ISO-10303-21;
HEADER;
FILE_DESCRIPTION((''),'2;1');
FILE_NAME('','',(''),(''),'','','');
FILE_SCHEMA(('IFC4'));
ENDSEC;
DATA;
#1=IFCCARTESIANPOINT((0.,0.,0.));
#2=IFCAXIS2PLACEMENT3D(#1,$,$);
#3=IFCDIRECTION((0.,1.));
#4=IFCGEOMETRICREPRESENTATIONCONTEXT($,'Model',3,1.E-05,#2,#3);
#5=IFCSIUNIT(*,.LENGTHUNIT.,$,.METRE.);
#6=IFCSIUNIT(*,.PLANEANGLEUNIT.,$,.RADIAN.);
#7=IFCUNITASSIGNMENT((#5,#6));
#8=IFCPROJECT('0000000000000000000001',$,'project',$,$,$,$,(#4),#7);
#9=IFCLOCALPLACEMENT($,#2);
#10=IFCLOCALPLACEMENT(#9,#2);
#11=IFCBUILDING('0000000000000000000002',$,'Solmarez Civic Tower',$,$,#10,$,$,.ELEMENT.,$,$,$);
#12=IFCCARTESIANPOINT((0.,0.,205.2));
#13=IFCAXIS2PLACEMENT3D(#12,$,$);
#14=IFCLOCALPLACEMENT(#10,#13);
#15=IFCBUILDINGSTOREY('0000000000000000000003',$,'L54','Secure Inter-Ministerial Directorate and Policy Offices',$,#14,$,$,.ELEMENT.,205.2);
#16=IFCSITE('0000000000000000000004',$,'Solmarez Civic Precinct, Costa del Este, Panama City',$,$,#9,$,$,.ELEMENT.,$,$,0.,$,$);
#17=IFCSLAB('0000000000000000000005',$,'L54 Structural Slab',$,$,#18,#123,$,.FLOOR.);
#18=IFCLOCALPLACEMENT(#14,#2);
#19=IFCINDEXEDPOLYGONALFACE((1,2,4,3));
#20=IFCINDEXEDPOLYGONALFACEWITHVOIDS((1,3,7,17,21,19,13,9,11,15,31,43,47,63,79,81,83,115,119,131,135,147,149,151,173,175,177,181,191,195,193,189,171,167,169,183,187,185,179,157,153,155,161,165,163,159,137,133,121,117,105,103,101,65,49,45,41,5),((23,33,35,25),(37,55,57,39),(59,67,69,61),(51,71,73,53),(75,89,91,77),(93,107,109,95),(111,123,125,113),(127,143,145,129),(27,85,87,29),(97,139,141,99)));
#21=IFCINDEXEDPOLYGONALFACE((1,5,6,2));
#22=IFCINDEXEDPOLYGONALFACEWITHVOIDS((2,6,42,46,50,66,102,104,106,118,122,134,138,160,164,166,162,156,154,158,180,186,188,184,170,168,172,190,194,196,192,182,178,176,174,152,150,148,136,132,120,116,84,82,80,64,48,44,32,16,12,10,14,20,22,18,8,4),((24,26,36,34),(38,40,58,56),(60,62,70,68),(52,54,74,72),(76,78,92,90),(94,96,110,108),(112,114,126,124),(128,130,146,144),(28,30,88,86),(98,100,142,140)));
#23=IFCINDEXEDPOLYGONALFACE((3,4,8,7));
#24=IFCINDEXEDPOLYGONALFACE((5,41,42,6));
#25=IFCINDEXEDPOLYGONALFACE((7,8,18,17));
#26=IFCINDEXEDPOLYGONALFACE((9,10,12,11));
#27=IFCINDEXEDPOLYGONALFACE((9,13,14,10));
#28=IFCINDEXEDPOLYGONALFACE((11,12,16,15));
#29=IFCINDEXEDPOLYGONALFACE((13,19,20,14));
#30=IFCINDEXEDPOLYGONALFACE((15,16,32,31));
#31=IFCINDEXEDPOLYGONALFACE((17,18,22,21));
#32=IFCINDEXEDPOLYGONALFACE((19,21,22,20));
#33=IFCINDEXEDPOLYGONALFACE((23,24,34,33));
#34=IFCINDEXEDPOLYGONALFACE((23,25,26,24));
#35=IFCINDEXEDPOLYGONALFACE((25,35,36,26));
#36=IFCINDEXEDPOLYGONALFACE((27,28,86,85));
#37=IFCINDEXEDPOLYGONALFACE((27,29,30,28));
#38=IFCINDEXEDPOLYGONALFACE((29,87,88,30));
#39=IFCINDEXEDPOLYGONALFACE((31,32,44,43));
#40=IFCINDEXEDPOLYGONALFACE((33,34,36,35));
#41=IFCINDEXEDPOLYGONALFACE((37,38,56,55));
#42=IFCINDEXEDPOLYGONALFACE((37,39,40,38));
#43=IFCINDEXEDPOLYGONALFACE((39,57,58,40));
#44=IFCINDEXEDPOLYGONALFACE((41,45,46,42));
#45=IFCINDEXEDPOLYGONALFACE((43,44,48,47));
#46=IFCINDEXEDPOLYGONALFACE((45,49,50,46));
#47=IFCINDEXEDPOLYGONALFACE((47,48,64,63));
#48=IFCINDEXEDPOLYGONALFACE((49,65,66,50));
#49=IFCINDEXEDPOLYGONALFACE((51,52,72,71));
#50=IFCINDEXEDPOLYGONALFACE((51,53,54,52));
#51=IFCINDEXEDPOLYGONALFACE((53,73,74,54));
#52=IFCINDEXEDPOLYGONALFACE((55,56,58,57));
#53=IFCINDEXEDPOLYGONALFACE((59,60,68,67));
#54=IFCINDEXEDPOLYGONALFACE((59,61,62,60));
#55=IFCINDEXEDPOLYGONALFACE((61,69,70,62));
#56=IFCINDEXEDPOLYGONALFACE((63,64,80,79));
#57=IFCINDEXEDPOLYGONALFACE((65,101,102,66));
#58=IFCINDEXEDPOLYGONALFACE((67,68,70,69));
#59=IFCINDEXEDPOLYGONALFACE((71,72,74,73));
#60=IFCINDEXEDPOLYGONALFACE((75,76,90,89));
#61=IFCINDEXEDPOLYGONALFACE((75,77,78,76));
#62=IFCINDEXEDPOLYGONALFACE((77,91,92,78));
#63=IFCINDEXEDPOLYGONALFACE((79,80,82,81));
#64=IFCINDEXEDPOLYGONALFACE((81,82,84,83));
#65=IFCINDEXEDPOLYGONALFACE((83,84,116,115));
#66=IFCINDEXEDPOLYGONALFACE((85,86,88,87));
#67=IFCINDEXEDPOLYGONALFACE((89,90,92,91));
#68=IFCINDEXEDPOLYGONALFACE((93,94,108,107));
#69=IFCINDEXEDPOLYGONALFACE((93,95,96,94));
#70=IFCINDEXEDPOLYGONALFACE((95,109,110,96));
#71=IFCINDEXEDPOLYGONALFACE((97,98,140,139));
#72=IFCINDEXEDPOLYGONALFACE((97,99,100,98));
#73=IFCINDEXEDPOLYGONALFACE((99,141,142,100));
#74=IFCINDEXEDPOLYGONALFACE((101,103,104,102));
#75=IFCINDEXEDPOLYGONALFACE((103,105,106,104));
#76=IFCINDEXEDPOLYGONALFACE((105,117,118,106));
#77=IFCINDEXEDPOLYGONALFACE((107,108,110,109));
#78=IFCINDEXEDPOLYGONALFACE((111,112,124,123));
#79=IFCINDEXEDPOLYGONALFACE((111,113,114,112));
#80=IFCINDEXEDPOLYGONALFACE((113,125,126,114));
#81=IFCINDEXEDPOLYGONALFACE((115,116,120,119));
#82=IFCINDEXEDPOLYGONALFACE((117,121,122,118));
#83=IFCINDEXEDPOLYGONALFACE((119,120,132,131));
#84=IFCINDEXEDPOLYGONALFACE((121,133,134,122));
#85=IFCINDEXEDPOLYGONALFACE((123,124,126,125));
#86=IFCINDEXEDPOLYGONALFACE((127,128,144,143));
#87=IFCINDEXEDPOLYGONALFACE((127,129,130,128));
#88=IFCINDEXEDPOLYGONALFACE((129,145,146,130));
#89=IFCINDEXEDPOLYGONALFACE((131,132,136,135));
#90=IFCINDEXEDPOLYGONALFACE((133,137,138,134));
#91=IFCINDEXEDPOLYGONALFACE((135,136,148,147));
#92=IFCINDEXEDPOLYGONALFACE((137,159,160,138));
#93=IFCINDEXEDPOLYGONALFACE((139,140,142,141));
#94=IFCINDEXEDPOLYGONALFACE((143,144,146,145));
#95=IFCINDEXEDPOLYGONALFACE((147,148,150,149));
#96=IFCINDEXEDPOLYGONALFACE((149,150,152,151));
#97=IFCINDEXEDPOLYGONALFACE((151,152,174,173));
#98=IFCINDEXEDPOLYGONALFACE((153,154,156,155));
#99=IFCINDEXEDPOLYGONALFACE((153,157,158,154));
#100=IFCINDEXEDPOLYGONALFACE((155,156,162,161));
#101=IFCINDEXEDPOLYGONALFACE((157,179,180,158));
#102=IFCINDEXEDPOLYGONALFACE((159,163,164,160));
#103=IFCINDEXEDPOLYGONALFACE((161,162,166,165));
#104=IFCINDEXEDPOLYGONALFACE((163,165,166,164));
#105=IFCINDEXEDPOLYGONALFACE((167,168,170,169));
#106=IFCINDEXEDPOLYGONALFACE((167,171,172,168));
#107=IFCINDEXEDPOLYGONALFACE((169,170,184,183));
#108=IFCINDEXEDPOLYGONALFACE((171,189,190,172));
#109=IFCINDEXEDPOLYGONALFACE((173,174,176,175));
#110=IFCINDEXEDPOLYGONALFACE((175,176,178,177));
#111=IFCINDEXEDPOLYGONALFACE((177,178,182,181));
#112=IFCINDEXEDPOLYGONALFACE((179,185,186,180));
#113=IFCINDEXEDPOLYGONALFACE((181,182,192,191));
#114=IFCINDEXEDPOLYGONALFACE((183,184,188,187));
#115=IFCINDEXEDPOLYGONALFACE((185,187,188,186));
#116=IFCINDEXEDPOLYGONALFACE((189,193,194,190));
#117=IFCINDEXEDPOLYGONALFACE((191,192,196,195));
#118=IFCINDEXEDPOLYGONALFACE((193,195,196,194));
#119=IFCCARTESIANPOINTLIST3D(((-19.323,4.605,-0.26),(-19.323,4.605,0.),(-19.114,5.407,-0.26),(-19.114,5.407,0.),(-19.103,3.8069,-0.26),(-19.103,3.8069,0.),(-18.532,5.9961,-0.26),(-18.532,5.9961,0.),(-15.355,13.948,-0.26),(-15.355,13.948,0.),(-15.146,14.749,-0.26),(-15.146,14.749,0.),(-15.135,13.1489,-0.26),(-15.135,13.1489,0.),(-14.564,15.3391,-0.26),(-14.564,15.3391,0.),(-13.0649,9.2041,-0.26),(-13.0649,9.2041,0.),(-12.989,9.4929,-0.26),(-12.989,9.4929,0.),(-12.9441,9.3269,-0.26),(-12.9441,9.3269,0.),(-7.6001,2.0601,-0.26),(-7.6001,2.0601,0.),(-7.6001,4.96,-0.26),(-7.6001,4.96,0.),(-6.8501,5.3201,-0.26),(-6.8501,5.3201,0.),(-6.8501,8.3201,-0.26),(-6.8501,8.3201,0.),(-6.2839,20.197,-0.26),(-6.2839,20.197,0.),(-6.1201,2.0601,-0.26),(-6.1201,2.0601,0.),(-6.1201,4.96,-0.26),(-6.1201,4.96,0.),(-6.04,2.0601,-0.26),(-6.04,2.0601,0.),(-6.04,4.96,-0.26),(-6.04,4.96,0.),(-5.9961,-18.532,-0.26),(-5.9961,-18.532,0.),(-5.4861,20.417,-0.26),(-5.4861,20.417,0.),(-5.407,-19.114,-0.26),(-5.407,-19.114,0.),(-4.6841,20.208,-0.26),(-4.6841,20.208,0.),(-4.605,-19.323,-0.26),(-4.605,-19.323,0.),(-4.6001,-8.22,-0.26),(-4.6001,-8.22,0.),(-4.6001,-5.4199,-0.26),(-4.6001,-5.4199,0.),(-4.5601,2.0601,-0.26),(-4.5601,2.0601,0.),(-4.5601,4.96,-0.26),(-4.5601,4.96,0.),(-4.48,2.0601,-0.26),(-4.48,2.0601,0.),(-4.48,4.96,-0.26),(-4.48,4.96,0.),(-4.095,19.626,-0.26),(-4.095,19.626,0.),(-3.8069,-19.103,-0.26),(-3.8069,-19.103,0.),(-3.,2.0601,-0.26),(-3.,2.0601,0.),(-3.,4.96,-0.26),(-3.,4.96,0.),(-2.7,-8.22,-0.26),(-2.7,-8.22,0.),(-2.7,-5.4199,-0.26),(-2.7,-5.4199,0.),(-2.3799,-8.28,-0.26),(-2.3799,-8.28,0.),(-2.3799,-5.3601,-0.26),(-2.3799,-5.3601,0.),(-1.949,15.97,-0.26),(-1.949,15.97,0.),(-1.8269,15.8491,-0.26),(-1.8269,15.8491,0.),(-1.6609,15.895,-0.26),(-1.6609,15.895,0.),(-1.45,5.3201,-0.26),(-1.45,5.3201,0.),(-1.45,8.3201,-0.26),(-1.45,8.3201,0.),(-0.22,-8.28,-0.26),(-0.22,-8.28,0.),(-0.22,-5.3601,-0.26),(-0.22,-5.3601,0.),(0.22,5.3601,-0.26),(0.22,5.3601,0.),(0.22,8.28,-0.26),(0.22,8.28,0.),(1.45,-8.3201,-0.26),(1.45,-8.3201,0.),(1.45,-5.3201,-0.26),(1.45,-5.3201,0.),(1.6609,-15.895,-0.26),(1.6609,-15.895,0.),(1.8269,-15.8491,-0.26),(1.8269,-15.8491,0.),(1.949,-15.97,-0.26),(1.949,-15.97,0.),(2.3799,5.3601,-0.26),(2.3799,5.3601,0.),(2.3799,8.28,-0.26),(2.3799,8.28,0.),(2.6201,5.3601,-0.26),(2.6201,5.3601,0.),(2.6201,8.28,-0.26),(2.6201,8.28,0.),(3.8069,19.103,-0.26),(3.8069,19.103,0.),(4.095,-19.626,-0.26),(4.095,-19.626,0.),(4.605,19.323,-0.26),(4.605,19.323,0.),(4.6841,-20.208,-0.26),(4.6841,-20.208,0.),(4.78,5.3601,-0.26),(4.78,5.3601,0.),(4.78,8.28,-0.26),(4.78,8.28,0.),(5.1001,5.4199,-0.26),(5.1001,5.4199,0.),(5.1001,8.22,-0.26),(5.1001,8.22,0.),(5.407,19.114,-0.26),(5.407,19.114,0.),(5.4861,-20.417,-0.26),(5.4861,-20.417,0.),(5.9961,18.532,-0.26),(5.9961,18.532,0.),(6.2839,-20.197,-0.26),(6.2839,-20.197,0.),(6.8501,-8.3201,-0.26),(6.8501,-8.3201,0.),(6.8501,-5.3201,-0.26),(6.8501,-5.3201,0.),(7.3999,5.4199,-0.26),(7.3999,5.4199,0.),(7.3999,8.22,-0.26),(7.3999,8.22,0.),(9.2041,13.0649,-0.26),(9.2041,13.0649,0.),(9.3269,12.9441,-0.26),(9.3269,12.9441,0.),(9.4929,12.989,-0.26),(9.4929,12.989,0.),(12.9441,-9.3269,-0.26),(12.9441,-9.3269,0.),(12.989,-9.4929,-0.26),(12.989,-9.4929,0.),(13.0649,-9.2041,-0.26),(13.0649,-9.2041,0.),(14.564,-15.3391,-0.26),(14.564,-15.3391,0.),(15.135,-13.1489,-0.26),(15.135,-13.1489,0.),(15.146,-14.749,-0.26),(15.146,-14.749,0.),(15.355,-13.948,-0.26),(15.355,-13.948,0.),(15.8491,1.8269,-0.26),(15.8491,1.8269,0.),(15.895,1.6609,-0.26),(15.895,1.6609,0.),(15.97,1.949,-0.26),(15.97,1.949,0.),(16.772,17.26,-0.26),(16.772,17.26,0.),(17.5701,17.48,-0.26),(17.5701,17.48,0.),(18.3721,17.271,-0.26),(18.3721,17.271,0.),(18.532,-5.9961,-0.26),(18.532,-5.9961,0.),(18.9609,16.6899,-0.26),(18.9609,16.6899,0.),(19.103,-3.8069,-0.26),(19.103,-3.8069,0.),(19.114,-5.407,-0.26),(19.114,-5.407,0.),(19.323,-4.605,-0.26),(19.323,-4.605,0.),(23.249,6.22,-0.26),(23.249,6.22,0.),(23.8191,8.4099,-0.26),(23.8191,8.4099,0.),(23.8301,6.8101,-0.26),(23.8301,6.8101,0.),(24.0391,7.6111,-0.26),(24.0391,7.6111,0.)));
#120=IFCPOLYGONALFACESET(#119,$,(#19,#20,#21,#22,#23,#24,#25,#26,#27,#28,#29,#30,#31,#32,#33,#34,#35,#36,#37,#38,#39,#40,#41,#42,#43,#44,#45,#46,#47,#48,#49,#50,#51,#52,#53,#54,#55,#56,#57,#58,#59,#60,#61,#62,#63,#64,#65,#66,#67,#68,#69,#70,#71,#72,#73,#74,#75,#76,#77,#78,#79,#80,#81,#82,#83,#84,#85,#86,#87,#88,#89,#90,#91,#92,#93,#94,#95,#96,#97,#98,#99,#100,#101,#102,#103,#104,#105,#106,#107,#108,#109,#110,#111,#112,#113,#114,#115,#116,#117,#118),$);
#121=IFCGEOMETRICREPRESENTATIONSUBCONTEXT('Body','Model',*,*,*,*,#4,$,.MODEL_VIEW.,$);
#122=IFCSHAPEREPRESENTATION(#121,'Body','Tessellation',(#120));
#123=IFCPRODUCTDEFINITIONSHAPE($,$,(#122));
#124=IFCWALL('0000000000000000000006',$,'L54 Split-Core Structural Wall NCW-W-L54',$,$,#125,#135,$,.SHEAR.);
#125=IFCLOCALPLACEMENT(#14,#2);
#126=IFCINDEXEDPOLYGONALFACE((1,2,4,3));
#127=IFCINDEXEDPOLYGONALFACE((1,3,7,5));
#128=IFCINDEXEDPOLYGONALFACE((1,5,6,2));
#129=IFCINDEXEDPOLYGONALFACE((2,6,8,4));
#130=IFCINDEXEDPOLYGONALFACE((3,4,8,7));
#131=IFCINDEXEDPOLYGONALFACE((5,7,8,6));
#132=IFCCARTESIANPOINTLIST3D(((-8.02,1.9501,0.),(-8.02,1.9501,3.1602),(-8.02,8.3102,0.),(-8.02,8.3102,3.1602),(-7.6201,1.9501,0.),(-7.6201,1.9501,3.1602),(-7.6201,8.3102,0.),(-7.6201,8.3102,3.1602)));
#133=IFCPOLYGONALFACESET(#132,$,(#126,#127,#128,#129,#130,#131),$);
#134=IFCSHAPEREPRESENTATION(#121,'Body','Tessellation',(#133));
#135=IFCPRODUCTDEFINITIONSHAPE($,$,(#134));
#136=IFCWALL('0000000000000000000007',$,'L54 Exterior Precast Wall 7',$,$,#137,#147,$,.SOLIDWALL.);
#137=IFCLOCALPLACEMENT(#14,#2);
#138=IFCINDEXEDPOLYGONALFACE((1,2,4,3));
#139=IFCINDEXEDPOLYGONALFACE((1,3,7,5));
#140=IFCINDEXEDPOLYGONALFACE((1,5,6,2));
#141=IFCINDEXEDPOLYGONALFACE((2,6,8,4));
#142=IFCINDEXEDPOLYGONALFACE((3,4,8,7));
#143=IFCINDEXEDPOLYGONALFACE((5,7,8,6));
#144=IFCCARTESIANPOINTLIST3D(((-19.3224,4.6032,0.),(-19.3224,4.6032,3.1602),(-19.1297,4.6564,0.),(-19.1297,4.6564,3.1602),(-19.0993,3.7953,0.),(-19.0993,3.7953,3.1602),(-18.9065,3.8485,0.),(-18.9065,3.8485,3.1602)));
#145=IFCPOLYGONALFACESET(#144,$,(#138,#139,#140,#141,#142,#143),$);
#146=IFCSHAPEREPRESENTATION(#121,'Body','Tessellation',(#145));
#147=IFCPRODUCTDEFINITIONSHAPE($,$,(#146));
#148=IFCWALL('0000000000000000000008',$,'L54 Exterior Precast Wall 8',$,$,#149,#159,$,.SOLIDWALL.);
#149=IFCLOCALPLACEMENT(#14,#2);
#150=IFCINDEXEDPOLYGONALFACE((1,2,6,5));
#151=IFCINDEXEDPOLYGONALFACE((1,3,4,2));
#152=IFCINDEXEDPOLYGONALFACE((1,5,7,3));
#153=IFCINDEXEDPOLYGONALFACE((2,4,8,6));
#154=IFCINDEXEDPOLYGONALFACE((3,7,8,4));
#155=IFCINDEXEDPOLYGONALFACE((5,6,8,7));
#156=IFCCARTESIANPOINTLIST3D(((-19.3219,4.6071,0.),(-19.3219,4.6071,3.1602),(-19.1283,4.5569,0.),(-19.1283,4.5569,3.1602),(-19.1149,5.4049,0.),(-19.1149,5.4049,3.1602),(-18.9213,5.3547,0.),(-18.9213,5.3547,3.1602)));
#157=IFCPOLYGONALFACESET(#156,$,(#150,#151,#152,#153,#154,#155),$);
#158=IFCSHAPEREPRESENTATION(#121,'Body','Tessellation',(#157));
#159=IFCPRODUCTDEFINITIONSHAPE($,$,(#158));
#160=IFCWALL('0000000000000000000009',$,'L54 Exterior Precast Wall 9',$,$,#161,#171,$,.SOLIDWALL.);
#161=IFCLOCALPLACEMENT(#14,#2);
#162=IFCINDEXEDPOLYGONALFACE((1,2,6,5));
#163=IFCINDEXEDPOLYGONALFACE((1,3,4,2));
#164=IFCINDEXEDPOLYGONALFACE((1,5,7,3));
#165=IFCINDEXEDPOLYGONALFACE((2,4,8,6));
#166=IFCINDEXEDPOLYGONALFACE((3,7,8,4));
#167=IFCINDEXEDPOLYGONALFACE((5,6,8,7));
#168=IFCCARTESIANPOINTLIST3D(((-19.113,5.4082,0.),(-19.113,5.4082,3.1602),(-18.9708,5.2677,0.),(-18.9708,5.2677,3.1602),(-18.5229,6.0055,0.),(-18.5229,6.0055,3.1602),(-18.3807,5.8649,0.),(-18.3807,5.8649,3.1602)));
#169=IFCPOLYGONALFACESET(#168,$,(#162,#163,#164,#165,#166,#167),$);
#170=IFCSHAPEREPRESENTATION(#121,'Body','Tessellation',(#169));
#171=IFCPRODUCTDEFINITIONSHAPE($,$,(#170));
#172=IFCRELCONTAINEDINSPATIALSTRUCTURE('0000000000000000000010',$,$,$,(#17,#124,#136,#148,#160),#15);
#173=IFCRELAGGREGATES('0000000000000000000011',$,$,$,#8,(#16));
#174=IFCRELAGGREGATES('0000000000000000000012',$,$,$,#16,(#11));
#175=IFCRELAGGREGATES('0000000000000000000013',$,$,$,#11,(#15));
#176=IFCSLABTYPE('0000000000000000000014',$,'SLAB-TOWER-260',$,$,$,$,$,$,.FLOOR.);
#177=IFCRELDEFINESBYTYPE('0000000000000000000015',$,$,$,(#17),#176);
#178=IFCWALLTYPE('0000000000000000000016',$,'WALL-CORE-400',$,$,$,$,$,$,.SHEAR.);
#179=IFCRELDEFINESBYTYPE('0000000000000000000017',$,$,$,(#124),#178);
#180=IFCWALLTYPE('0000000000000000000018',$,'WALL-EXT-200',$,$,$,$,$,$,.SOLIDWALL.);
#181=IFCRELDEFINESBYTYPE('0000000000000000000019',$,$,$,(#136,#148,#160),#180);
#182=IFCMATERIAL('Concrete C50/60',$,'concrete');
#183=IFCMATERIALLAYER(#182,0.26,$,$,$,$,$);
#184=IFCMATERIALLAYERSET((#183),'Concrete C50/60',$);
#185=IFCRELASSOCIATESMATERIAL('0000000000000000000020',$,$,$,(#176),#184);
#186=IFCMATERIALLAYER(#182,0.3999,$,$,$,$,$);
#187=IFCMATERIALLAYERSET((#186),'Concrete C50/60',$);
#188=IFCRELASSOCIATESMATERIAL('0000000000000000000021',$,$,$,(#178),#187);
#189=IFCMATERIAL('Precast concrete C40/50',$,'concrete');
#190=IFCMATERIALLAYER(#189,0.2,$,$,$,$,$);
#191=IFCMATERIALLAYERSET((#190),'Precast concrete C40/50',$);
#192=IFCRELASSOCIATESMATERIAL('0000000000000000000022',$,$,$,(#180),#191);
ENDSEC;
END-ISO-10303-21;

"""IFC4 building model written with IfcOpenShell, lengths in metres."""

from ifc_helpers import new_model, si_unit, direction, frame, frame_2d, origin, place, context, subcontext, project, spatial, polyline, rectangle, outline, extrude, material, layer, layer_set, type_object, element, save


model = new_model("IFC4")

# Units and contexts
model_context = context("Model", 3, precision=1e-05, world=origin(), true_north=direction((0.0, 1.0)))
body_context = subcontext(model_context, "Body", "Model", "MODEL_VIEW")
ifc_project = project(units=[si_unit("LENGTHUNIT", "METRE"), si_unit("PLANEANGLEUNIT", "RADIAN")], contexts=[model_context])

# Site, building, storey
site_placement = place(None, origin())
site = spatial("IfcSite", under=ifc_project, at=site_placement, Name="Solmarez Civic Precinct, Costa del Este, Panama City", CompositionType="ELEMENT", RefElevation=0.0)
building_placement = place(site_placement, origin())
building = spatial("IfcBuilding", under=site, at=building_placement, Name="Solmarez Civic Tower", CompositionType="ELEMENT")
storey_placement = place(building_placement, frame((0.0, 0.0, 205.2)))
storey = spatial("IfcBuildingStorey", under=building, at=storey_placement, Name="L54", Description="Secure Inter-Ministerial Directorate and Policy Offices", CompositionType="ELEMENT", Elevation=205.2)

# Shared definitions
ifc_material_1 = material(Name="Concrete C50/60", Category="concrete")

# Slab
ifc_layer_1 = layer(ifc_material_1, 0.26)
ifc_layer_set_1 = layer_set([ifc_layer_1], Name="Concrete C50/60")
slab_type_1 = type_object("IfcSlabType", Name="SLAB-TOWER-260", PredefinedType="FLOOR", material=ifc_layer_set_1)
slab_1_placement = place(storey_placement, frame((0.0, 0.0, -0.26)))
element("IfcSlab", 1, at=slab_1_placement, inside=storey, type_object=slab_type_1, Name="L54 Structural Slab", PredefinedType="FLOOR", context=body_context, shape_type="SweptSolid", body=[
    extrude(outline(polyline([(1.949, -15.97), (4.095, -19.626), (4.6841, -20.208), (5.4861, -20.417), (6.2839, -20.197), (14.564, -15.3391), (15.146, -14.749), (15.355, -13.948), (15.135, -13.1489), (12.989, -9.4929), (12.9441, -9.3269), (13.0649, -9.2041), (18.532, -5.9961), (19.114, -5.407), (19.323, -4.605), (19.103, -3.8069), (15.895, 1.6609), (15.8491, 1.8269), (15.97, 1.949), (23.249, 6.22), (23.8301, 6.8101), (24.0391, 7.6111), (23.8191, 8.4099), (18.9609, 16.6899), (18.3721, 17.271), (17.5701, 17.48), (16.772, 17.26), (9.4929, 12.989), (9.3269, 12.9441), (9.2041, 13.0649), (5.9961, 18.532), (5.407, 19.114), (4.605, 19.323), (3.8069, 19.103), (-1.6609, 15.895), (-1.8269, 15.8491), (-1.949, 15.97), (-4.095, 19.626), (-4.6841, 20.208), (-5.4861, 20.417), (-6.2839, 20.197), (-14.564, 15.3391), (-15.146, 14.749), (-15.355, 13.948), (-15.135, 13.1489), (-12.989, 9.4929), (-12.9441, 9.3269), (-13.0649, 9.2041), (-18.532, 5.9961), (-19.114, 5.407), (-19.323, 4.605), (-19.103, 3.8069), (-5.9961, -18.532), (-5.407, -19.114), (-4.605, -19.323), (-3.8069, -19.103), (1.6609, -15.895), (1.8269, -15.8491), (1.949, -15.97)]), holes=[polyline([(-1.45, 8.3201), (-6.8501, 8.3201), (-6.8501, 5.3201), (-1.45, 5.3201), (-1.45, 8.3201)]), polyline([(1.45, -8.3201), (6.8501, -8.3201), (6.8501, -5.3201), (1.45, -5.3201), (1.45, -8.3201)]), polyline([(0.22, 5.3601), (2.3799, 5.3601), (2.3799, 8.28), (0.22, 8.28), (0.22, 5.3601)]), polyline([(2.6201, 5.3601), (4.78, 5.3601), (4.78, 8.28), (2.6201, 8.28), (2.6201, 5.3601)]), polyline([(-2.3799, -8.28), (-0.22, -8.28), (-0.22, -5.3601), (-2.3799, -5.3601), (-2.3799, -8.28)]), polyline([(-7.6001, 2.0601), (-6.1201, 2.0601), (-6.1201, 4.96), (-7.6001, 4.96), (-7.6001, 2.0601)]), polyline([(-6.04, 2.0601), (-4.5601, 2.0601), (-4.5601, 4.96), (-6.04, 4.96), (-6.04, 2.0601)]), polyline([(-4.48, 2.0601), (-3.0, 2.0601), (-3.0, 4.96), (-4.48, 4.96), (-4.48, 2.0601)]), polyline([(5.1001, 5.4199), (7.3999, 5.4199), (7.3999, 8.22), (5.1001, 8.22), (5.1001, 5.4199)]), polyline([(-4.6001, -8.22), (-2.7, -8.22), (-2.7, -5.4199), (-4.6001, -5.4199), (-4.6001, -8.22)])]), origin(), (0.0, 0.0, 1.0), 0.26),
])

# Walls
ifc_layer_2 = layer(ifc_material_1, 0.3999)
ifc_layer_set_2 = layer_set([ifc_layer_2], Name="Concrete C50/60")
wall_type_1 = type_object("IfcWallType", Name="WALL-CORE-400", PredefinedType="SHEAR", material=ifc_layer_set_2)
wall_1_placement = place(storey_placement, frame((-7.8201, 1.95, 0.0), z_axis=(0.0, 0.0, 1.0), x_axis=(0.0, 1.0, 0.0)))
element("IfcWall", 2, at=wall_1_placement, inside=storey, type_object=wall_type_1, Name="L54 Split-Core Structural Wall NCW-W-L54", PredefinedType="SHEAR", context=body_context, shape_type="SweptSolid", body=[
    extrude(rectangle(XDim=6.3601, YDim=0.3999, at=frame_2d((3.1802, 0.0))), origin(), (0.0, 0.0, 1.0), 3.1602),
])
ifc_material_2 = material(Name="Precast concrete C40/50", Category="concrete")
ifc_layer_3 = layer(ifc_material_2, 0.2)
ifc_layer_set_3 = layer_set([ifc_layer_3], Name="Precast concrete C40/50")
wall_type_2 = type_object("IfcWallType", Name="WALL-EXT-200", PredefinedType="SOLIDWALL", material=ifc_layer_set_3)
wall_2_placement = place(storey_placement, frame((-19.0029, 3.822, 0.0), z_axis=(0.0, 0.0, 1.0), x_axis=(-0.266246, 0.963905, 0.0)))
element("IfcWall", 3, at=wall_2_placement, inside=storey, type_object=wall_type_2, Name="L54 Exterior Precast Wall 7", PredefinedType="SOLIDWALL", context=body_context, shape_type="SweptSolid", body=[
    extrude(rectangle(XDim=0.8381, YDim=0.2, at=frame_2d((0.4189, 0.0))), origin(), (0.0, 0.0, 1.0), 3.1602),
])
wall_3_placement = place(storey_placement, frame((-19.2251, 4.582, 0.0), z_axis=(0.0, 0.0, 1.0), x_axis=(0.251168, 0.967944, 0.0)))
element("IfcWall", 4, at=wall_3_placement, inside=storey, type_object=wall_type_2, Name="L54 Exterior Precast Wall 8", PredefinedType="SOLIDWALL", context=body_context, shape_type="SweptSolid", body=[
    extrude(rectangle(XDim=0.8242, YDim=0.2, at=frame_2d((0.4121, 0.0))), origin(), (0.0, 0.0, 1.0), 3.1602),
])
wall_4_placement = place(storey_placement, frame((-19.042, 5.3379, 0.0), z_axis=(0.0, 0.0, 1.0), x_axis=(0.702878, 0.711311, 0.0)))
element("IfcWall", 5, at=wall_4_placement, inside=storey, type_object=wall_type_2, Name="L54 Exterior Precast Wall 9", PredefinedType="SOLIDWALL", context=body_context, shape_type="SweptSolid", body=[
    extrude(rectangle(XDim=0.8396, YDim=0.2, at=frame_2d((0.4199, 0.0))), origin(), (0.0, 0.0, 1.0), 3.1602),
])

save(model, "model.ifc")
